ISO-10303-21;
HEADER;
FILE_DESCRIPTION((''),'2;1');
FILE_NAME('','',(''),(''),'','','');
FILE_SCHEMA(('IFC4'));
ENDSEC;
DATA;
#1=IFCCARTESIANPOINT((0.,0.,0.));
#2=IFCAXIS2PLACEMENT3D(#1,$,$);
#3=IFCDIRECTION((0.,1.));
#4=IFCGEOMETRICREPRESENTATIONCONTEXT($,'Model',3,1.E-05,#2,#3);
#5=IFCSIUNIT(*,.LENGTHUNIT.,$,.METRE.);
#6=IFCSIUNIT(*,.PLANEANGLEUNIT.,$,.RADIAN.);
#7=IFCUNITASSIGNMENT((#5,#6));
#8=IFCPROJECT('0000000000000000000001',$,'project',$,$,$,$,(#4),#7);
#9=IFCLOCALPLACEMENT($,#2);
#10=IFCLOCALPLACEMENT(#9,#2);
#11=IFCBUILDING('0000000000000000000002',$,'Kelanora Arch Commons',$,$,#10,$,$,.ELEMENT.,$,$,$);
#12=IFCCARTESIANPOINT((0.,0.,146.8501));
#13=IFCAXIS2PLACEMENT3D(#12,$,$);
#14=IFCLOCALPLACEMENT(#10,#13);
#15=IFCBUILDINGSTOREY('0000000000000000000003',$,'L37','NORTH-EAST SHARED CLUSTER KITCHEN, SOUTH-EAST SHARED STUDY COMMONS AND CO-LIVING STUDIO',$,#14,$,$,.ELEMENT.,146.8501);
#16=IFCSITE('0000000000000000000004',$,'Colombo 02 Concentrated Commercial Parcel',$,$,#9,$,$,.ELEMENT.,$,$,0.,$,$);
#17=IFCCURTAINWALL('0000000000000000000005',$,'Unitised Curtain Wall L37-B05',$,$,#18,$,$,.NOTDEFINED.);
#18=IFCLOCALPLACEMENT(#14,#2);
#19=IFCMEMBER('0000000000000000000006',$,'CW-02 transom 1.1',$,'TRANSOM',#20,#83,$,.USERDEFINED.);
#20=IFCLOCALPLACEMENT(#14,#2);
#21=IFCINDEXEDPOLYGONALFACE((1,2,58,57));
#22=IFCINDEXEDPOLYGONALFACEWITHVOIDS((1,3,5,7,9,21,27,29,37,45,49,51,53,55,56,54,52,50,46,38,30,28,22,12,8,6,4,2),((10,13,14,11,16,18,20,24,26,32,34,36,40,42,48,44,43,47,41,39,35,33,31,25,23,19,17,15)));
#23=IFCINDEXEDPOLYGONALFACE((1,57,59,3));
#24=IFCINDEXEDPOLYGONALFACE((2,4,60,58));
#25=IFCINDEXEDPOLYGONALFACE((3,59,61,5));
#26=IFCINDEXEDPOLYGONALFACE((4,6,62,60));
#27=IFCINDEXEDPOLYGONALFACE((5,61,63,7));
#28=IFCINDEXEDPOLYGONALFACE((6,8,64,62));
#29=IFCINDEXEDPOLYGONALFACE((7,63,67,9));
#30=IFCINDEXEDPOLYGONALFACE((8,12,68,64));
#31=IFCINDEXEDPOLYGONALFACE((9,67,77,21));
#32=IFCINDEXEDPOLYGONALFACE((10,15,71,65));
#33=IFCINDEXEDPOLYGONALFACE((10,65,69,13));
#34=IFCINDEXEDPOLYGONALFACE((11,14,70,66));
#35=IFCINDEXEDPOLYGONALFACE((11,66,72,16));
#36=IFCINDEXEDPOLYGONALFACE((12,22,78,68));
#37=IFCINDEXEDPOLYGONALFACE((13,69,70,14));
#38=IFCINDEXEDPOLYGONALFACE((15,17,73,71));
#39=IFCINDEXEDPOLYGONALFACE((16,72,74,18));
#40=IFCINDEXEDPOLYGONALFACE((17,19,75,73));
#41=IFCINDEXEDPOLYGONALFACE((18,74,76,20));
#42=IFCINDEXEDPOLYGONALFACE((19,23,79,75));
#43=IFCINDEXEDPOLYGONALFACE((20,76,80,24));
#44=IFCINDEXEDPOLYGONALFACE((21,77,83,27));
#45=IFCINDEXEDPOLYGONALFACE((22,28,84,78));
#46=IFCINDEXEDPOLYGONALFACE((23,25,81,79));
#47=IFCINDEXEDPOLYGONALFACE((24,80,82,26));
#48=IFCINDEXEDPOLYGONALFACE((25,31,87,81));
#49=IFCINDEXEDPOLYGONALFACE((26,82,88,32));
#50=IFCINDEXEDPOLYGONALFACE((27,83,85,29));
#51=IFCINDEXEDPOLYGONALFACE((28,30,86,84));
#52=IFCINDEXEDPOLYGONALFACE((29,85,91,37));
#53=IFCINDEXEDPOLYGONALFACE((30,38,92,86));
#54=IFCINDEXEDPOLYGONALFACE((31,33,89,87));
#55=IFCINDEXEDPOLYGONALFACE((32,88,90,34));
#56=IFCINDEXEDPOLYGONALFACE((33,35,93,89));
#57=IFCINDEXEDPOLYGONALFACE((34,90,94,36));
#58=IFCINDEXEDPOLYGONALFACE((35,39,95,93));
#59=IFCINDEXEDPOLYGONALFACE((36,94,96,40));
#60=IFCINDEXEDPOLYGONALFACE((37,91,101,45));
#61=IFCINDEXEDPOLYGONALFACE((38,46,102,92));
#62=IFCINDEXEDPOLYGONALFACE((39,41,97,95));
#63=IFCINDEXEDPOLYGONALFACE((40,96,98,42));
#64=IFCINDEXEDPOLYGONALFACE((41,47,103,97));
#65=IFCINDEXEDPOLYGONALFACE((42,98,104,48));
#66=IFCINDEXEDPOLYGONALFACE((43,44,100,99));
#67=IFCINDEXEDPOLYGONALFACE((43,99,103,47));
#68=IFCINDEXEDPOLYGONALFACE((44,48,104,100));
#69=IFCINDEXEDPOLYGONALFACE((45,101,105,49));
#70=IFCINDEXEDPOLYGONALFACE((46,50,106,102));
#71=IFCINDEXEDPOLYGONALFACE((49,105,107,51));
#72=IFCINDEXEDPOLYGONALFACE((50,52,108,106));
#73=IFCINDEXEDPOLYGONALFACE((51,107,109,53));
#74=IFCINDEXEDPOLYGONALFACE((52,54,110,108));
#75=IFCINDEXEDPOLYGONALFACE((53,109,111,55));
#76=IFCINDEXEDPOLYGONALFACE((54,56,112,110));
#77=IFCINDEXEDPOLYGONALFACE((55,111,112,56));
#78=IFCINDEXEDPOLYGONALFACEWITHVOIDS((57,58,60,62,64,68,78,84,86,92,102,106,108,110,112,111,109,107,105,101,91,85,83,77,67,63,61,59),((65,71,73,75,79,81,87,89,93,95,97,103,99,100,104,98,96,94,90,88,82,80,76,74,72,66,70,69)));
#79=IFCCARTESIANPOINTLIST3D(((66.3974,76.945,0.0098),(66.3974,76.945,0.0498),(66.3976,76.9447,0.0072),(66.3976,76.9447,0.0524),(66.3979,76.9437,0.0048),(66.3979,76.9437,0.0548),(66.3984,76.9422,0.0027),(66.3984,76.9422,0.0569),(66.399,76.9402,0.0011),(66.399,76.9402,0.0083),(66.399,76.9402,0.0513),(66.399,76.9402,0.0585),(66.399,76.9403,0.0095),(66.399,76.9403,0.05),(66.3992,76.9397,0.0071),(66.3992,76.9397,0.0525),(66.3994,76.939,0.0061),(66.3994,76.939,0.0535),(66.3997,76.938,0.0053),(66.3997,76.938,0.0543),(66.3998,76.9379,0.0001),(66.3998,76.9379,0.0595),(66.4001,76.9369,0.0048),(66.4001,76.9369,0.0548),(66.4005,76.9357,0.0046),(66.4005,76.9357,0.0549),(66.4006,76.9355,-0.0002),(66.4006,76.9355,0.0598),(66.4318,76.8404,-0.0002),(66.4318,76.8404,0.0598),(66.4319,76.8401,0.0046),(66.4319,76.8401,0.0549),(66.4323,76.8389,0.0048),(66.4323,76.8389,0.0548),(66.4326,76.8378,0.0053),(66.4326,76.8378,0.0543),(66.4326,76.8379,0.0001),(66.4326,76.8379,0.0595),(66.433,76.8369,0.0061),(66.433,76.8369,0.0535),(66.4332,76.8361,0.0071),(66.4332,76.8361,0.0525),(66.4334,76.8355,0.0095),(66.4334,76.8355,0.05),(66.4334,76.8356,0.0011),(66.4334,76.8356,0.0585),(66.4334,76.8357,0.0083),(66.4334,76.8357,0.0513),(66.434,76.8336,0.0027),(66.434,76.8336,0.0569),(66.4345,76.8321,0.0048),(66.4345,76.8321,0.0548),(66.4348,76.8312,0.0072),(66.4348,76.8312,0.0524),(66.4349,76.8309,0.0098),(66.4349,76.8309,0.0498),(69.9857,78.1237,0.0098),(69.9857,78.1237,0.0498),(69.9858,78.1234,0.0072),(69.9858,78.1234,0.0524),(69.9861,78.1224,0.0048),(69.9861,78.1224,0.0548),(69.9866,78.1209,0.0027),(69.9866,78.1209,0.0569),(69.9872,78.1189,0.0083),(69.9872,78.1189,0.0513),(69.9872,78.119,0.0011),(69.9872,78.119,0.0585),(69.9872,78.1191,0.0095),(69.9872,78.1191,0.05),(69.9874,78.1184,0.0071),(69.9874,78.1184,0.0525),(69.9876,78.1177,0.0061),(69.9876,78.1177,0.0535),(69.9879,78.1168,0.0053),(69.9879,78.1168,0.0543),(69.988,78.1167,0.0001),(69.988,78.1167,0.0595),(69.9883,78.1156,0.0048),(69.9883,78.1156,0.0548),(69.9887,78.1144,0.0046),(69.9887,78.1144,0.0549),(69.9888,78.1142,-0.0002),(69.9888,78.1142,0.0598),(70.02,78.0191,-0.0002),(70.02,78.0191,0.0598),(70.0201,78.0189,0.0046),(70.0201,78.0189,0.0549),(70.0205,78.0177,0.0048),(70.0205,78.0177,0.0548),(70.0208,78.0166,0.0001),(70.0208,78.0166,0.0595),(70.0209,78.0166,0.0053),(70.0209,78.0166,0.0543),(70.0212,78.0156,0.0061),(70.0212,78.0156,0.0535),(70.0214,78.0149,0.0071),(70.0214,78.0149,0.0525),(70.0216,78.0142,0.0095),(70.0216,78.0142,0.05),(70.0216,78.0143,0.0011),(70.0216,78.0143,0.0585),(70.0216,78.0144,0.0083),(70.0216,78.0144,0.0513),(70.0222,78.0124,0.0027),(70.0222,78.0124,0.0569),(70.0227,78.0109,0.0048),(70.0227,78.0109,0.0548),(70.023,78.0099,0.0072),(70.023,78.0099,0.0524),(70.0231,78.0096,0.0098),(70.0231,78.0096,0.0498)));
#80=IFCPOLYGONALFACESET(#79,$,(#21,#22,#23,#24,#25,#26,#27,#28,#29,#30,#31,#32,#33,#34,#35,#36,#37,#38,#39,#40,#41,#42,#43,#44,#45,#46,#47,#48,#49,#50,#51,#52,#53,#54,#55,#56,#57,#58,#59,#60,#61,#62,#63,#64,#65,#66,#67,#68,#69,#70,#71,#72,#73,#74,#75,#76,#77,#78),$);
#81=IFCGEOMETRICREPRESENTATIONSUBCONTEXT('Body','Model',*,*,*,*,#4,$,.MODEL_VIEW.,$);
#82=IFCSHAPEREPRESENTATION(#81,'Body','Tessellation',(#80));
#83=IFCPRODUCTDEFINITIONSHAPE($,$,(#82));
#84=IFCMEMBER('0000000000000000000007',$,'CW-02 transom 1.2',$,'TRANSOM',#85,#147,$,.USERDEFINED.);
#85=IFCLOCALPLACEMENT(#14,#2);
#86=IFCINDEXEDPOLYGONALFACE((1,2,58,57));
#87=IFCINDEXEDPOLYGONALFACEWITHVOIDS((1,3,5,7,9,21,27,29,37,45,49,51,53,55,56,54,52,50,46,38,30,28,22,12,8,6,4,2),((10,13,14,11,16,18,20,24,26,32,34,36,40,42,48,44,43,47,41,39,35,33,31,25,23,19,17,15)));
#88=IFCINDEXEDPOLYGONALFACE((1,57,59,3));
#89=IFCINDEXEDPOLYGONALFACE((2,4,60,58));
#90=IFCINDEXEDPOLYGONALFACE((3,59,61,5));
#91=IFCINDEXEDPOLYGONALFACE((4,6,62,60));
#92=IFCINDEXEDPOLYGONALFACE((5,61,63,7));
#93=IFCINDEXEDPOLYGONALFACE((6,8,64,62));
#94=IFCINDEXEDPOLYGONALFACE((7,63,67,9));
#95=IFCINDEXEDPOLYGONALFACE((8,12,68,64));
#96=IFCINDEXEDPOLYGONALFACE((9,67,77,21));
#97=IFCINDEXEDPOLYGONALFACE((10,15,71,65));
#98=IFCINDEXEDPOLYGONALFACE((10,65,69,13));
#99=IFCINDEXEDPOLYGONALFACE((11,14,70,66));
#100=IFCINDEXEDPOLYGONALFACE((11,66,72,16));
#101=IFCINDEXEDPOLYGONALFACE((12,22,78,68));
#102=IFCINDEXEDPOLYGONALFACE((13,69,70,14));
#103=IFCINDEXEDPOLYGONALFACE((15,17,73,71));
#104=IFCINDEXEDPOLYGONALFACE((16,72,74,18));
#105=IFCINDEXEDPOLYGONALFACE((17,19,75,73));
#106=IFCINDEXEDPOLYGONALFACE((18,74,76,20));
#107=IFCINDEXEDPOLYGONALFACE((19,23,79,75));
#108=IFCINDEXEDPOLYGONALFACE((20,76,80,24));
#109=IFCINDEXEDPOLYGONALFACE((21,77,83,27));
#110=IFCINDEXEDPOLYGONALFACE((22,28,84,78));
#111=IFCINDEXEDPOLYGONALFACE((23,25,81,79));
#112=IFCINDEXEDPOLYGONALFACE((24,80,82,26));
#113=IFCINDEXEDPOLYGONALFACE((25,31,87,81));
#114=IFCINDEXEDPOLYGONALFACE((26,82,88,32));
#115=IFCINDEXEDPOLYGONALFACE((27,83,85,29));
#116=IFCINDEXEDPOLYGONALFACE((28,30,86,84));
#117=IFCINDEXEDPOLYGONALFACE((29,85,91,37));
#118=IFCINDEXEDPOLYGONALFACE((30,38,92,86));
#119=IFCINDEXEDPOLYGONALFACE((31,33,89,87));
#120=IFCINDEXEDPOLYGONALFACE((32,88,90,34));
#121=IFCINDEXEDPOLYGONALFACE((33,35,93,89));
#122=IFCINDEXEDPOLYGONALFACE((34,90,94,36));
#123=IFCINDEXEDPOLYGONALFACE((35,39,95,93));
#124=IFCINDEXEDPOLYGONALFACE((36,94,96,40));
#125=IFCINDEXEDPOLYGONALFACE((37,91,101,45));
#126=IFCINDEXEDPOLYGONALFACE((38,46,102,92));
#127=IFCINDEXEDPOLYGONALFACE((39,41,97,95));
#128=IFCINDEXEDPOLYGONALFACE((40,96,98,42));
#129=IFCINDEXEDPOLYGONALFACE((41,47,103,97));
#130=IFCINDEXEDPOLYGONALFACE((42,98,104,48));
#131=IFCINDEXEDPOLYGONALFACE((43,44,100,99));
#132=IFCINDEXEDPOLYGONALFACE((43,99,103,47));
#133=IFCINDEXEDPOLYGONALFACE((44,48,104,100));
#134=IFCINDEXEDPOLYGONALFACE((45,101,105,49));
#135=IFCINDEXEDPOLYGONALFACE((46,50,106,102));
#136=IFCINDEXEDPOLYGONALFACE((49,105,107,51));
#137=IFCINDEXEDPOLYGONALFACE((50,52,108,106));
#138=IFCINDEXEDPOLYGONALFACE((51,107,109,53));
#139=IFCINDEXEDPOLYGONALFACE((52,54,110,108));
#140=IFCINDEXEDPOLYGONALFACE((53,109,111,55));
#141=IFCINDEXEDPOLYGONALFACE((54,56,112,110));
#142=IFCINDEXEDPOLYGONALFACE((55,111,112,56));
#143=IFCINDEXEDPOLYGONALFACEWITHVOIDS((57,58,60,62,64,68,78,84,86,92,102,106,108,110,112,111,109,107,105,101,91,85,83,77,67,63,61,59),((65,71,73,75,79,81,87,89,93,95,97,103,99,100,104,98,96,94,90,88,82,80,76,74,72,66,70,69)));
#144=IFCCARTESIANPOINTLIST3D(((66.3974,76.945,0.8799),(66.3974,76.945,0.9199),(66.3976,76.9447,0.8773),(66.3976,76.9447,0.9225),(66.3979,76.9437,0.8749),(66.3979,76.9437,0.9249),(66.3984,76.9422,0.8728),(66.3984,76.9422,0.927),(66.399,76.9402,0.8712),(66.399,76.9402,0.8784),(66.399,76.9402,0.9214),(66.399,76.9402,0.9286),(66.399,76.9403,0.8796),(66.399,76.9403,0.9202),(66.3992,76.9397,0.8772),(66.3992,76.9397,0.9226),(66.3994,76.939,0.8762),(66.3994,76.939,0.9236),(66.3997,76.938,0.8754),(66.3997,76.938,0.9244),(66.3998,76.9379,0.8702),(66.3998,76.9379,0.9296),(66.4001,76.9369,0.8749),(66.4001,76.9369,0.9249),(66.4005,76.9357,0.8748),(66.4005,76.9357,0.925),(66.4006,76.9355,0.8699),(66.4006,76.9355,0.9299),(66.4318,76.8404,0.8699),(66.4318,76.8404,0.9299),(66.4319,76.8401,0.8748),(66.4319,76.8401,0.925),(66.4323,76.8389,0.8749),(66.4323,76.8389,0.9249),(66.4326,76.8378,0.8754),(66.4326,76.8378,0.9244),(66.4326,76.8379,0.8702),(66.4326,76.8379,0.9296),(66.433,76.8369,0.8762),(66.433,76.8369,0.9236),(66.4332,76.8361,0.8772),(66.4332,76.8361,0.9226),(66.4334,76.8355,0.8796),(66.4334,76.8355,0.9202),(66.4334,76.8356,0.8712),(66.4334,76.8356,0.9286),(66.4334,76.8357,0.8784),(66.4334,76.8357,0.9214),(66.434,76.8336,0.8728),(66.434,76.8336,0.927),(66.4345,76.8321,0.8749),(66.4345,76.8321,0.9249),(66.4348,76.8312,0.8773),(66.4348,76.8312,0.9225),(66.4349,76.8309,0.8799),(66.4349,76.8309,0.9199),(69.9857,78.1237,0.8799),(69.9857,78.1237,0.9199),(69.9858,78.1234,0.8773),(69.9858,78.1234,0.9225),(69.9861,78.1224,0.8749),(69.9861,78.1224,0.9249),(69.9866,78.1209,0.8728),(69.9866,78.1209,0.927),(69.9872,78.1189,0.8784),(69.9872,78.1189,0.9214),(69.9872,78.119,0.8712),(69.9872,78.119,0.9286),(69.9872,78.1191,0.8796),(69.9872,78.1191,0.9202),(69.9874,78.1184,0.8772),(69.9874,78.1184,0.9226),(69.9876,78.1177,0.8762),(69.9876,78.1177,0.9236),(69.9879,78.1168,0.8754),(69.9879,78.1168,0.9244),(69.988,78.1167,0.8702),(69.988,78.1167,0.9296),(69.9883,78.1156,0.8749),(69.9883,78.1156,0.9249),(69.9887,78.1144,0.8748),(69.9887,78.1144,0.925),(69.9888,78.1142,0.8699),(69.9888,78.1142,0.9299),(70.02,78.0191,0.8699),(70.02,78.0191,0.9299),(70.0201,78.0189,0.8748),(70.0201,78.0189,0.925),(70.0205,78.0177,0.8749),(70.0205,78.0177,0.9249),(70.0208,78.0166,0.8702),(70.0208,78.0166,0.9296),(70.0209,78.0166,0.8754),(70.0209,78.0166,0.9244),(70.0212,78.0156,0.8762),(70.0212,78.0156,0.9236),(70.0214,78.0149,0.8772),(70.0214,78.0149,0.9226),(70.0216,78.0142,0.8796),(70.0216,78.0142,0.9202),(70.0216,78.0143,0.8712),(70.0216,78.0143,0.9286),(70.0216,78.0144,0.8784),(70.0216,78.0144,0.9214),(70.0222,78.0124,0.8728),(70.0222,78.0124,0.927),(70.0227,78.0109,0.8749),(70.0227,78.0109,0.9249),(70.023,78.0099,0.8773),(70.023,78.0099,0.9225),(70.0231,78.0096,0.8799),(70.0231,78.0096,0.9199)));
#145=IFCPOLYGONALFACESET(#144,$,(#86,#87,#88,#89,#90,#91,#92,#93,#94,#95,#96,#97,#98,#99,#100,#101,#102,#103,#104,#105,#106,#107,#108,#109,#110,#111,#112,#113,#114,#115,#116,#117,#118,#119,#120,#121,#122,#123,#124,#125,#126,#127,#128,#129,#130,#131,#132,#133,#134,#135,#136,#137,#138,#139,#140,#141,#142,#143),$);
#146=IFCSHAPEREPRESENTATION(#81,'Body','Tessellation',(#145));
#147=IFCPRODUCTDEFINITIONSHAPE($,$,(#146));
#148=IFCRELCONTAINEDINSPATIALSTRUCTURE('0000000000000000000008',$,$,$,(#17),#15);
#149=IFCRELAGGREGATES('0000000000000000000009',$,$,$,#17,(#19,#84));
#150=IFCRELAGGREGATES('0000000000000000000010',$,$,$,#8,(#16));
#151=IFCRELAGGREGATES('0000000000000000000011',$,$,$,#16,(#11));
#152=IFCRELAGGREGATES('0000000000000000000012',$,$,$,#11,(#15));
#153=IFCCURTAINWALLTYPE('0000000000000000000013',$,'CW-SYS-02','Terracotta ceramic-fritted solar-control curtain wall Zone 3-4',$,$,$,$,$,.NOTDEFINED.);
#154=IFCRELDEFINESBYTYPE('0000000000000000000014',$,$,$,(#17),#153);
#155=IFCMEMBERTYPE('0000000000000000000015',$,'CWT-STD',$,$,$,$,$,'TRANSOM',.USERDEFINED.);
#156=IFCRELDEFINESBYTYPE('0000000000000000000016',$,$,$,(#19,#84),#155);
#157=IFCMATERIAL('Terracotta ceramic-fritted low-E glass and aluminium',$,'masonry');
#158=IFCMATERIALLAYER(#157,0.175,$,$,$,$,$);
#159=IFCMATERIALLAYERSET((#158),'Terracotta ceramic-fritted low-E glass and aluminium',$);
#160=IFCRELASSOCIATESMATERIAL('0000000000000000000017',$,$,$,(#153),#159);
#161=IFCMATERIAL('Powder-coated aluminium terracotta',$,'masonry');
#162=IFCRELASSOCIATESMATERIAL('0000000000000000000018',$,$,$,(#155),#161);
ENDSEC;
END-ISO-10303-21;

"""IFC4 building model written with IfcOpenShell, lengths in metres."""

from ifc_helpers import new_model, si_unit, direction, frame, origin, origin_2d, place, context, subcontext, project, spatial, hollow_rectangle, extrude, material, layer, layer_set, material_profile, profile_set, type_object, element, aggregate, save


model = new_model("IFC4")

# Units and contexts
model_context = context("Model", 3, precision=1e-05, world=origin(), true_north=direction((0.0, 1.0)))
body_context = subcontext(model_context, "Body", "Model", "MODEL_VIEW")
ifc_project = project(units=[si_unit("LENGTHUNIT", "METRE"), si_unit("PLANEANGLEUNIT", "RADIAN")], contexts=[model_context])

# Site, building, storey
site_placement = place(None, origin())
site = spatial("IfcSite", under=ifc_project, at=site_placement, Name="Colombo 02 Concentrated Commercial Parcel", CompositionType="ELEMENT", RefElevation=0.0)
building_placement = place(site_placement, origin())
building = spatial("IfcBuilding", under=site, at=building_placement, Name="Kelanora Arch Commons", CompositionType="ELEMENT")
storey_placement = place(building_placement, frame((0.0, 0.0, 146.8501)))
storey = spatial("IfcBuildingStorey", under=building, at=storey_placement, Name="L37", Description="NORTH-EAST SHARED CLUSTER KITCHEN, SOUTH-EAST SHARED STUDY COMMONS AND CO-LIVING STUDIO", CompositionType="ELEMENT", Elevation=146.8501)

# Curtain wall, members
ifc_material_1 = material(Name="Terracotta ceramic-fritted low-E glass and aluminium", Category="masonry")
ifc_layer_1 = layer(ifc_material_1, 0.175)
ifc_layer_set_1 = layer_set([ifc_layer_1], Name="Terracotta ceramic-fritted low-E glass and aluminium")
curtain_wall_type = type_object("IfcCurtainWallType", Name="CW-SYS-02", Description="Terracotta ceramic-fritted solar-control curtain wall Zone 3-4", PredefinedType="NOTDEFINED", material=ifc_layer_set_1)
curtain_wall_placement = place(storey_placement, origin())
curtain_wall = element("IfcCurtainWall", 1, at=curtain_wall_placement, inside=storey, type_object=curtain_wall_type, Name="Unitised Curtain Wall L37-B05", PredefinedType="NOTDEFINED")
ifc_material_2 = material(Name="Powder-coated aluminium terracotta", Category="masonry")
ifc_material_profile_1 = material_profile(ifc_material_2, hollow_rectangle(XDim=0.1201, YDim=0.0601, WallThickness=0.0049, InnerFilletRadius=0.0049, OuterFilletRadius=0.01, at=origin_2d()), Name="CWT120x60")
ifc_profile_set_1 = profile_set([ifc_material_profile_1], Name="Powder-coated aluminium terracotta")
member_type_1 = type_object("IfcMemberType", Name="CWT-STD", ElementType="TRANSOM", PredefinedType="USERDEFINED", material=ifc_profile_set_1)
member_1_placement = place(storey_placement, frame((70.0044, 78.0667, 0.0298), z_axis=(-0.950051, -0.312094, 0.0), x_axis=(0.312094, -0.950051, 0.0)))
member_1 = element("IfcMember", 2, at=member_1_placement, type_object=member_type_1, Name="CW-02 transom 1.1", ObjectType="TRANSOM", PredefinedType="USERDEFINED", context=body_context, shape_type="SweptSolid", body=[
    extrude(hollow_rectangle(XDim=0.1201, YDim=0.0601, WallThickness=0.0049, InnerFilletRadius=0.0049, OuterFilletRadius=0.01, at=origin_2d()), origin(), (0.0, 0.0, 1.0), 3.7769),
])
member_2_placement = place(storey_placement, frame((70.0044, 78.0667, 0.8999), z_axis=(-0.950051, -0.312094, 0.0), x_axis=(0.312094, -0.950051, 0.0)))
member_2 = element("IfcMember", 3, at=member_2_placement, type_object=member_type_1, Name="CW-02 transom 1.2", ObjectType="TRANSOM", PredefinedType="USERDEFINED", context=body_context, shape_type="SweptSolid", body=[
    extrude(hollow_rectangle(XDim=0.1201, YDim=0.0601, WallThickness=0.0049, InnerFilletRadius=0.0049, OuterFilletRadius=0.01, at=origin_2d()), origin(), (0.0, 0.0, 1.0), 3.7769),
])
aggregate(curtain_wall, [member_1, member_2])

save(model, "model.ifc")
